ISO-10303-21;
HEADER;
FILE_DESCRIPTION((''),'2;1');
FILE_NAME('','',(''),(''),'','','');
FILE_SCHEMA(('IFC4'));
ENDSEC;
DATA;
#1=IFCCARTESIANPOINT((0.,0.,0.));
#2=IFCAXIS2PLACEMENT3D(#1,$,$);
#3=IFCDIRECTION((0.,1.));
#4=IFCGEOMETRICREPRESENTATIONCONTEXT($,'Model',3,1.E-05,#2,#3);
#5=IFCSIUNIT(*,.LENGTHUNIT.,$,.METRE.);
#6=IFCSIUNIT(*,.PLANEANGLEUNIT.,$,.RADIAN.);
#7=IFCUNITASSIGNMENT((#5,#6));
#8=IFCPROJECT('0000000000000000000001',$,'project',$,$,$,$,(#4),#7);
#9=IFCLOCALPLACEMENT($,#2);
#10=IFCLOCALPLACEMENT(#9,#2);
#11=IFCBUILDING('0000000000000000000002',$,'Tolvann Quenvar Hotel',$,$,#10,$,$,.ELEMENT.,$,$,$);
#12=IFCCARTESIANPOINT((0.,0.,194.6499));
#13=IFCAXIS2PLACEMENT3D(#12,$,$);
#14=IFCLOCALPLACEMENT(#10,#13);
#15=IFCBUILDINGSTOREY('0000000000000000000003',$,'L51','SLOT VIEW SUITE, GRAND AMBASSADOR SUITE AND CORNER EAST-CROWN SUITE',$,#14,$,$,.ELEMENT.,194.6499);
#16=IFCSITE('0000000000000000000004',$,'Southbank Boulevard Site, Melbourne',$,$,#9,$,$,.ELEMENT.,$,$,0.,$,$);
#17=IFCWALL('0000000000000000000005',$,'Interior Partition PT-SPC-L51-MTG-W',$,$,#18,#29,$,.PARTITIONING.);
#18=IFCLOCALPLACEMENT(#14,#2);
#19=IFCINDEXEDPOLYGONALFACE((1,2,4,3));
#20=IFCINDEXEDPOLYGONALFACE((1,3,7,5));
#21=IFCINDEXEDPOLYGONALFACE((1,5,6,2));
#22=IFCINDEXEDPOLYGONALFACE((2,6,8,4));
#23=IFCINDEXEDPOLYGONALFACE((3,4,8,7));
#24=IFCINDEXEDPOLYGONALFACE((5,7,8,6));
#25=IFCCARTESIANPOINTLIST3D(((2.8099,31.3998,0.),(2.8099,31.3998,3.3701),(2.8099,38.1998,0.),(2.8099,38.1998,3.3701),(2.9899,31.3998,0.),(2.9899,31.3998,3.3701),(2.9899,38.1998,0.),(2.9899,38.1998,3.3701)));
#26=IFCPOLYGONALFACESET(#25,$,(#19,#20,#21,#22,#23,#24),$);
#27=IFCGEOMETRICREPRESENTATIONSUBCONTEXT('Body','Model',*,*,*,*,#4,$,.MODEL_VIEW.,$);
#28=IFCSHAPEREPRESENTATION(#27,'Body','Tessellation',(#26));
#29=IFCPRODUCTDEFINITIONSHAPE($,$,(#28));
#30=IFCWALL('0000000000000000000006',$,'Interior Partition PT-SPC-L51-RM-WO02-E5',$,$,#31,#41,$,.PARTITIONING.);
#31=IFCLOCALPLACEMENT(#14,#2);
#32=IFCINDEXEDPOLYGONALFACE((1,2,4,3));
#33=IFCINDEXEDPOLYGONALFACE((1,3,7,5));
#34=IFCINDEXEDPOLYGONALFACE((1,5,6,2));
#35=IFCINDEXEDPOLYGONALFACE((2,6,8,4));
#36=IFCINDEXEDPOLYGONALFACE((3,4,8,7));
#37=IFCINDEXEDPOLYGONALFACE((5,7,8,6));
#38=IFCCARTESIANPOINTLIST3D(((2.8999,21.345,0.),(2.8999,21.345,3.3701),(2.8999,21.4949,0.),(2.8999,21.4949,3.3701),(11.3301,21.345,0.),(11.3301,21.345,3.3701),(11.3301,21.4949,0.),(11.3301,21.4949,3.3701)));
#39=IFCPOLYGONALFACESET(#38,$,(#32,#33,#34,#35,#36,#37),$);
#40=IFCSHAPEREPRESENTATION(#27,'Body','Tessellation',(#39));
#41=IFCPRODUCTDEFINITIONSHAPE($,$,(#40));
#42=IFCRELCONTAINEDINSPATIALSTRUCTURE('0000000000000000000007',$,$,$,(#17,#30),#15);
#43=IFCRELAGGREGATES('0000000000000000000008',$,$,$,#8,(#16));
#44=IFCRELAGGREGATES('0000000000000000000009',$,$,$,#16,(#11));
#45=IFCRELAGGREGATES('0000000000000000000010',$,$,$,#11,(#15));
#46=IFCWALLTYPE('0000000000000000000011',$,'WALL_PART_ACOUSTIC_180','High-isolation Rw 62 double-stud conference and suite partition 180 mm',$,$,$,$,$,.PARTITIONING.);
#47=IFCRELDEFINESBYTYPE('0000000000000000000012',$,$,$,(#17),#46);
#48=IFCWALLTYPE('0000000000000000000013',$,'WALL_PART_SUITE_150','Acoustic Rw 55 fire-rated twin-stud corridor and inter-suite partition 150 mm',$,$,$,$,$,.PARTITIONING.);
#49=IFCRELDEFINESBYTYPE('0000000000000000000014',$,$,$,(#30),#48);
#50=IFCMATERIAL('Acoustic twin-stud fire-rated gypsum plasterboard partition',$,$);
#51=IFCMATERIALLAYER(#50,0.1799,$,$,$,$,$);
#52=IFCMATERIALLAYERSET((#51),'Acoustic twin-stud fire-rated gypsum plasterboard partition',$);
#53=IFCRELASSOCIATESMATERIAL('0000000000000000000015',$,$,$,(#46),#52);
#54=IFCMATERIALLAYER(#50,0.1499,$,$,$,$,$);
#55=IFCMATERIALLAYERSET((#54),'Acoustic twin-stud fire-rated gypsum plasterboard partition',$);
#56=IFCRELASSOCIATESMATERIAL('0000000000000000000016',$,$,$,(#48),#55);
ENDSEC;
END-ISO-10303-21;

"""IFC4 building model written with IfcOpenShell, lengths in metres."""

from ifc_helpers import new_model, si_unit, direction, frame, frame_2d, origin, place, context, subcontext, project, spatial, rectangle, extrude, material, layer, layer_set, type_object, element, save


model = new_model("IFC4")

# Units and contexts
model_context = context("Model", 3, precision=1e-05, world=origin(), true_north=direction((0.0, 1.0)))
body_context = subcontext(model_context, "Body", "Model", "MODEL_VIEW")
ifc_project = project(units=[si_unit("LENGTHUNIT", "METRE"), si_unit("PLANEANGLEUNIT", "RADIAN")], contexts=[model_context])

# Site, building, storey
site_placement = place(None, origin())
site = spatial("IfcSite", under=ifc_project, at=site_placement, Name="Southbank Boulevard Site, Melbourne", CompositionType="ELEMENT", RefElevation=0.0)
building_placement = place(site_placement, origin())
building = spatial("IfcBuilding", under=site, at=building_placement, Name="Tolvann Quenvar Hotel", CompositionType="ELEMENT")
storey_placement = place(building_placement, frame((0.0, 0.0, 194.6499)))
storey = spatial("IfcBuildingStorey", under=building, at=storey_placement, Name="L51", Description="SLOT VIEW SUITE, GRAND AMBASSADOR SUITE AND CORNER EAST-CROWN SUITE", CompositionType="ELEMENT", Elevation=194.6499)

# Walls
ifc_material_1 = material(Name="Acoustic twin-stud fire-rated gypsum plasterboard partition")
ifc_layer_1 = layer(ifc_material_1, 0.1799)
ifc_layer_set_1 = layer_set([ifc_layer_1], Name="Acoustic twin-stud fire-rated gypsum plasterboard partition")
wall_type_1 = type_object("IfcWallType", Name="WALL_PART_ACOUSTIC_180", Description="High-isolation Rw 62 double-stud conference and suite partition 180 mm", PredefinedType="PARTITIONING", material=ifc_layer_set_1)
wall_1_placement = place(storey_placement, frame((2.8999, 31.3999, 0.0), z_axis=(0.0, 0.0, 1.0), x_axis=(0.0, 1.0, 0.0)))
element("IfcWall", 1, at=wall_1_placement, inside=storey, type_object=wall_type_1, Name="Interior Partition PT-SPC-L51-MTG-W", PredefinedType="PARTITIONING", context=body_context, shape_type="SweptSolid", body=[
    extrude(rectangle(XDim=6.8, YDim=0.1799, at=frame_2d((3.3999, 0.0))), origin(), (0.0, 0.0, 1.0), 3.3701),
])
ifc_layer_2 = layer(ifc_material_1, 0.1499)
ifc_layer_set_2 = layer_set([ifc_layer_2], Name="Acoustic twin-stud fire-rated gypsum plasterboard partition")
wall_type_2 = type_object("IfcWallType", Name="WALL_PART_SUITE_150", Description="Acoustic Rw 55 fire-rated twin-stud corridor and inter-suite partition 150 mm", PredefinedType="PARTITIONING", material=ifc_layer_set_2)
wall_2_placement = place(storey_placement, frame((2.8999, 21.4199, 0.0), z_axis=(0.0, 0.0, 1.0), x_axis=(1.0, 0.0, 0.0)))
element("IfcWall", 2, at=wall_2_placement, inside=storey, type_object=wall_type_2, Name="Interior Partition PT-SPC-L51-RM-WO02-E5", PredefinedType="PARTITIONING", context=body_context, shape_type="SweptSolid", body=[
    extrude(rectangle(XDim=8.4302, YDim=0.1499, at=frame_2d((4.2151, 0.0))), origin(), (0.0, 0.0, 1.0), 3.3701),
])

save(model, "model.ifc")
